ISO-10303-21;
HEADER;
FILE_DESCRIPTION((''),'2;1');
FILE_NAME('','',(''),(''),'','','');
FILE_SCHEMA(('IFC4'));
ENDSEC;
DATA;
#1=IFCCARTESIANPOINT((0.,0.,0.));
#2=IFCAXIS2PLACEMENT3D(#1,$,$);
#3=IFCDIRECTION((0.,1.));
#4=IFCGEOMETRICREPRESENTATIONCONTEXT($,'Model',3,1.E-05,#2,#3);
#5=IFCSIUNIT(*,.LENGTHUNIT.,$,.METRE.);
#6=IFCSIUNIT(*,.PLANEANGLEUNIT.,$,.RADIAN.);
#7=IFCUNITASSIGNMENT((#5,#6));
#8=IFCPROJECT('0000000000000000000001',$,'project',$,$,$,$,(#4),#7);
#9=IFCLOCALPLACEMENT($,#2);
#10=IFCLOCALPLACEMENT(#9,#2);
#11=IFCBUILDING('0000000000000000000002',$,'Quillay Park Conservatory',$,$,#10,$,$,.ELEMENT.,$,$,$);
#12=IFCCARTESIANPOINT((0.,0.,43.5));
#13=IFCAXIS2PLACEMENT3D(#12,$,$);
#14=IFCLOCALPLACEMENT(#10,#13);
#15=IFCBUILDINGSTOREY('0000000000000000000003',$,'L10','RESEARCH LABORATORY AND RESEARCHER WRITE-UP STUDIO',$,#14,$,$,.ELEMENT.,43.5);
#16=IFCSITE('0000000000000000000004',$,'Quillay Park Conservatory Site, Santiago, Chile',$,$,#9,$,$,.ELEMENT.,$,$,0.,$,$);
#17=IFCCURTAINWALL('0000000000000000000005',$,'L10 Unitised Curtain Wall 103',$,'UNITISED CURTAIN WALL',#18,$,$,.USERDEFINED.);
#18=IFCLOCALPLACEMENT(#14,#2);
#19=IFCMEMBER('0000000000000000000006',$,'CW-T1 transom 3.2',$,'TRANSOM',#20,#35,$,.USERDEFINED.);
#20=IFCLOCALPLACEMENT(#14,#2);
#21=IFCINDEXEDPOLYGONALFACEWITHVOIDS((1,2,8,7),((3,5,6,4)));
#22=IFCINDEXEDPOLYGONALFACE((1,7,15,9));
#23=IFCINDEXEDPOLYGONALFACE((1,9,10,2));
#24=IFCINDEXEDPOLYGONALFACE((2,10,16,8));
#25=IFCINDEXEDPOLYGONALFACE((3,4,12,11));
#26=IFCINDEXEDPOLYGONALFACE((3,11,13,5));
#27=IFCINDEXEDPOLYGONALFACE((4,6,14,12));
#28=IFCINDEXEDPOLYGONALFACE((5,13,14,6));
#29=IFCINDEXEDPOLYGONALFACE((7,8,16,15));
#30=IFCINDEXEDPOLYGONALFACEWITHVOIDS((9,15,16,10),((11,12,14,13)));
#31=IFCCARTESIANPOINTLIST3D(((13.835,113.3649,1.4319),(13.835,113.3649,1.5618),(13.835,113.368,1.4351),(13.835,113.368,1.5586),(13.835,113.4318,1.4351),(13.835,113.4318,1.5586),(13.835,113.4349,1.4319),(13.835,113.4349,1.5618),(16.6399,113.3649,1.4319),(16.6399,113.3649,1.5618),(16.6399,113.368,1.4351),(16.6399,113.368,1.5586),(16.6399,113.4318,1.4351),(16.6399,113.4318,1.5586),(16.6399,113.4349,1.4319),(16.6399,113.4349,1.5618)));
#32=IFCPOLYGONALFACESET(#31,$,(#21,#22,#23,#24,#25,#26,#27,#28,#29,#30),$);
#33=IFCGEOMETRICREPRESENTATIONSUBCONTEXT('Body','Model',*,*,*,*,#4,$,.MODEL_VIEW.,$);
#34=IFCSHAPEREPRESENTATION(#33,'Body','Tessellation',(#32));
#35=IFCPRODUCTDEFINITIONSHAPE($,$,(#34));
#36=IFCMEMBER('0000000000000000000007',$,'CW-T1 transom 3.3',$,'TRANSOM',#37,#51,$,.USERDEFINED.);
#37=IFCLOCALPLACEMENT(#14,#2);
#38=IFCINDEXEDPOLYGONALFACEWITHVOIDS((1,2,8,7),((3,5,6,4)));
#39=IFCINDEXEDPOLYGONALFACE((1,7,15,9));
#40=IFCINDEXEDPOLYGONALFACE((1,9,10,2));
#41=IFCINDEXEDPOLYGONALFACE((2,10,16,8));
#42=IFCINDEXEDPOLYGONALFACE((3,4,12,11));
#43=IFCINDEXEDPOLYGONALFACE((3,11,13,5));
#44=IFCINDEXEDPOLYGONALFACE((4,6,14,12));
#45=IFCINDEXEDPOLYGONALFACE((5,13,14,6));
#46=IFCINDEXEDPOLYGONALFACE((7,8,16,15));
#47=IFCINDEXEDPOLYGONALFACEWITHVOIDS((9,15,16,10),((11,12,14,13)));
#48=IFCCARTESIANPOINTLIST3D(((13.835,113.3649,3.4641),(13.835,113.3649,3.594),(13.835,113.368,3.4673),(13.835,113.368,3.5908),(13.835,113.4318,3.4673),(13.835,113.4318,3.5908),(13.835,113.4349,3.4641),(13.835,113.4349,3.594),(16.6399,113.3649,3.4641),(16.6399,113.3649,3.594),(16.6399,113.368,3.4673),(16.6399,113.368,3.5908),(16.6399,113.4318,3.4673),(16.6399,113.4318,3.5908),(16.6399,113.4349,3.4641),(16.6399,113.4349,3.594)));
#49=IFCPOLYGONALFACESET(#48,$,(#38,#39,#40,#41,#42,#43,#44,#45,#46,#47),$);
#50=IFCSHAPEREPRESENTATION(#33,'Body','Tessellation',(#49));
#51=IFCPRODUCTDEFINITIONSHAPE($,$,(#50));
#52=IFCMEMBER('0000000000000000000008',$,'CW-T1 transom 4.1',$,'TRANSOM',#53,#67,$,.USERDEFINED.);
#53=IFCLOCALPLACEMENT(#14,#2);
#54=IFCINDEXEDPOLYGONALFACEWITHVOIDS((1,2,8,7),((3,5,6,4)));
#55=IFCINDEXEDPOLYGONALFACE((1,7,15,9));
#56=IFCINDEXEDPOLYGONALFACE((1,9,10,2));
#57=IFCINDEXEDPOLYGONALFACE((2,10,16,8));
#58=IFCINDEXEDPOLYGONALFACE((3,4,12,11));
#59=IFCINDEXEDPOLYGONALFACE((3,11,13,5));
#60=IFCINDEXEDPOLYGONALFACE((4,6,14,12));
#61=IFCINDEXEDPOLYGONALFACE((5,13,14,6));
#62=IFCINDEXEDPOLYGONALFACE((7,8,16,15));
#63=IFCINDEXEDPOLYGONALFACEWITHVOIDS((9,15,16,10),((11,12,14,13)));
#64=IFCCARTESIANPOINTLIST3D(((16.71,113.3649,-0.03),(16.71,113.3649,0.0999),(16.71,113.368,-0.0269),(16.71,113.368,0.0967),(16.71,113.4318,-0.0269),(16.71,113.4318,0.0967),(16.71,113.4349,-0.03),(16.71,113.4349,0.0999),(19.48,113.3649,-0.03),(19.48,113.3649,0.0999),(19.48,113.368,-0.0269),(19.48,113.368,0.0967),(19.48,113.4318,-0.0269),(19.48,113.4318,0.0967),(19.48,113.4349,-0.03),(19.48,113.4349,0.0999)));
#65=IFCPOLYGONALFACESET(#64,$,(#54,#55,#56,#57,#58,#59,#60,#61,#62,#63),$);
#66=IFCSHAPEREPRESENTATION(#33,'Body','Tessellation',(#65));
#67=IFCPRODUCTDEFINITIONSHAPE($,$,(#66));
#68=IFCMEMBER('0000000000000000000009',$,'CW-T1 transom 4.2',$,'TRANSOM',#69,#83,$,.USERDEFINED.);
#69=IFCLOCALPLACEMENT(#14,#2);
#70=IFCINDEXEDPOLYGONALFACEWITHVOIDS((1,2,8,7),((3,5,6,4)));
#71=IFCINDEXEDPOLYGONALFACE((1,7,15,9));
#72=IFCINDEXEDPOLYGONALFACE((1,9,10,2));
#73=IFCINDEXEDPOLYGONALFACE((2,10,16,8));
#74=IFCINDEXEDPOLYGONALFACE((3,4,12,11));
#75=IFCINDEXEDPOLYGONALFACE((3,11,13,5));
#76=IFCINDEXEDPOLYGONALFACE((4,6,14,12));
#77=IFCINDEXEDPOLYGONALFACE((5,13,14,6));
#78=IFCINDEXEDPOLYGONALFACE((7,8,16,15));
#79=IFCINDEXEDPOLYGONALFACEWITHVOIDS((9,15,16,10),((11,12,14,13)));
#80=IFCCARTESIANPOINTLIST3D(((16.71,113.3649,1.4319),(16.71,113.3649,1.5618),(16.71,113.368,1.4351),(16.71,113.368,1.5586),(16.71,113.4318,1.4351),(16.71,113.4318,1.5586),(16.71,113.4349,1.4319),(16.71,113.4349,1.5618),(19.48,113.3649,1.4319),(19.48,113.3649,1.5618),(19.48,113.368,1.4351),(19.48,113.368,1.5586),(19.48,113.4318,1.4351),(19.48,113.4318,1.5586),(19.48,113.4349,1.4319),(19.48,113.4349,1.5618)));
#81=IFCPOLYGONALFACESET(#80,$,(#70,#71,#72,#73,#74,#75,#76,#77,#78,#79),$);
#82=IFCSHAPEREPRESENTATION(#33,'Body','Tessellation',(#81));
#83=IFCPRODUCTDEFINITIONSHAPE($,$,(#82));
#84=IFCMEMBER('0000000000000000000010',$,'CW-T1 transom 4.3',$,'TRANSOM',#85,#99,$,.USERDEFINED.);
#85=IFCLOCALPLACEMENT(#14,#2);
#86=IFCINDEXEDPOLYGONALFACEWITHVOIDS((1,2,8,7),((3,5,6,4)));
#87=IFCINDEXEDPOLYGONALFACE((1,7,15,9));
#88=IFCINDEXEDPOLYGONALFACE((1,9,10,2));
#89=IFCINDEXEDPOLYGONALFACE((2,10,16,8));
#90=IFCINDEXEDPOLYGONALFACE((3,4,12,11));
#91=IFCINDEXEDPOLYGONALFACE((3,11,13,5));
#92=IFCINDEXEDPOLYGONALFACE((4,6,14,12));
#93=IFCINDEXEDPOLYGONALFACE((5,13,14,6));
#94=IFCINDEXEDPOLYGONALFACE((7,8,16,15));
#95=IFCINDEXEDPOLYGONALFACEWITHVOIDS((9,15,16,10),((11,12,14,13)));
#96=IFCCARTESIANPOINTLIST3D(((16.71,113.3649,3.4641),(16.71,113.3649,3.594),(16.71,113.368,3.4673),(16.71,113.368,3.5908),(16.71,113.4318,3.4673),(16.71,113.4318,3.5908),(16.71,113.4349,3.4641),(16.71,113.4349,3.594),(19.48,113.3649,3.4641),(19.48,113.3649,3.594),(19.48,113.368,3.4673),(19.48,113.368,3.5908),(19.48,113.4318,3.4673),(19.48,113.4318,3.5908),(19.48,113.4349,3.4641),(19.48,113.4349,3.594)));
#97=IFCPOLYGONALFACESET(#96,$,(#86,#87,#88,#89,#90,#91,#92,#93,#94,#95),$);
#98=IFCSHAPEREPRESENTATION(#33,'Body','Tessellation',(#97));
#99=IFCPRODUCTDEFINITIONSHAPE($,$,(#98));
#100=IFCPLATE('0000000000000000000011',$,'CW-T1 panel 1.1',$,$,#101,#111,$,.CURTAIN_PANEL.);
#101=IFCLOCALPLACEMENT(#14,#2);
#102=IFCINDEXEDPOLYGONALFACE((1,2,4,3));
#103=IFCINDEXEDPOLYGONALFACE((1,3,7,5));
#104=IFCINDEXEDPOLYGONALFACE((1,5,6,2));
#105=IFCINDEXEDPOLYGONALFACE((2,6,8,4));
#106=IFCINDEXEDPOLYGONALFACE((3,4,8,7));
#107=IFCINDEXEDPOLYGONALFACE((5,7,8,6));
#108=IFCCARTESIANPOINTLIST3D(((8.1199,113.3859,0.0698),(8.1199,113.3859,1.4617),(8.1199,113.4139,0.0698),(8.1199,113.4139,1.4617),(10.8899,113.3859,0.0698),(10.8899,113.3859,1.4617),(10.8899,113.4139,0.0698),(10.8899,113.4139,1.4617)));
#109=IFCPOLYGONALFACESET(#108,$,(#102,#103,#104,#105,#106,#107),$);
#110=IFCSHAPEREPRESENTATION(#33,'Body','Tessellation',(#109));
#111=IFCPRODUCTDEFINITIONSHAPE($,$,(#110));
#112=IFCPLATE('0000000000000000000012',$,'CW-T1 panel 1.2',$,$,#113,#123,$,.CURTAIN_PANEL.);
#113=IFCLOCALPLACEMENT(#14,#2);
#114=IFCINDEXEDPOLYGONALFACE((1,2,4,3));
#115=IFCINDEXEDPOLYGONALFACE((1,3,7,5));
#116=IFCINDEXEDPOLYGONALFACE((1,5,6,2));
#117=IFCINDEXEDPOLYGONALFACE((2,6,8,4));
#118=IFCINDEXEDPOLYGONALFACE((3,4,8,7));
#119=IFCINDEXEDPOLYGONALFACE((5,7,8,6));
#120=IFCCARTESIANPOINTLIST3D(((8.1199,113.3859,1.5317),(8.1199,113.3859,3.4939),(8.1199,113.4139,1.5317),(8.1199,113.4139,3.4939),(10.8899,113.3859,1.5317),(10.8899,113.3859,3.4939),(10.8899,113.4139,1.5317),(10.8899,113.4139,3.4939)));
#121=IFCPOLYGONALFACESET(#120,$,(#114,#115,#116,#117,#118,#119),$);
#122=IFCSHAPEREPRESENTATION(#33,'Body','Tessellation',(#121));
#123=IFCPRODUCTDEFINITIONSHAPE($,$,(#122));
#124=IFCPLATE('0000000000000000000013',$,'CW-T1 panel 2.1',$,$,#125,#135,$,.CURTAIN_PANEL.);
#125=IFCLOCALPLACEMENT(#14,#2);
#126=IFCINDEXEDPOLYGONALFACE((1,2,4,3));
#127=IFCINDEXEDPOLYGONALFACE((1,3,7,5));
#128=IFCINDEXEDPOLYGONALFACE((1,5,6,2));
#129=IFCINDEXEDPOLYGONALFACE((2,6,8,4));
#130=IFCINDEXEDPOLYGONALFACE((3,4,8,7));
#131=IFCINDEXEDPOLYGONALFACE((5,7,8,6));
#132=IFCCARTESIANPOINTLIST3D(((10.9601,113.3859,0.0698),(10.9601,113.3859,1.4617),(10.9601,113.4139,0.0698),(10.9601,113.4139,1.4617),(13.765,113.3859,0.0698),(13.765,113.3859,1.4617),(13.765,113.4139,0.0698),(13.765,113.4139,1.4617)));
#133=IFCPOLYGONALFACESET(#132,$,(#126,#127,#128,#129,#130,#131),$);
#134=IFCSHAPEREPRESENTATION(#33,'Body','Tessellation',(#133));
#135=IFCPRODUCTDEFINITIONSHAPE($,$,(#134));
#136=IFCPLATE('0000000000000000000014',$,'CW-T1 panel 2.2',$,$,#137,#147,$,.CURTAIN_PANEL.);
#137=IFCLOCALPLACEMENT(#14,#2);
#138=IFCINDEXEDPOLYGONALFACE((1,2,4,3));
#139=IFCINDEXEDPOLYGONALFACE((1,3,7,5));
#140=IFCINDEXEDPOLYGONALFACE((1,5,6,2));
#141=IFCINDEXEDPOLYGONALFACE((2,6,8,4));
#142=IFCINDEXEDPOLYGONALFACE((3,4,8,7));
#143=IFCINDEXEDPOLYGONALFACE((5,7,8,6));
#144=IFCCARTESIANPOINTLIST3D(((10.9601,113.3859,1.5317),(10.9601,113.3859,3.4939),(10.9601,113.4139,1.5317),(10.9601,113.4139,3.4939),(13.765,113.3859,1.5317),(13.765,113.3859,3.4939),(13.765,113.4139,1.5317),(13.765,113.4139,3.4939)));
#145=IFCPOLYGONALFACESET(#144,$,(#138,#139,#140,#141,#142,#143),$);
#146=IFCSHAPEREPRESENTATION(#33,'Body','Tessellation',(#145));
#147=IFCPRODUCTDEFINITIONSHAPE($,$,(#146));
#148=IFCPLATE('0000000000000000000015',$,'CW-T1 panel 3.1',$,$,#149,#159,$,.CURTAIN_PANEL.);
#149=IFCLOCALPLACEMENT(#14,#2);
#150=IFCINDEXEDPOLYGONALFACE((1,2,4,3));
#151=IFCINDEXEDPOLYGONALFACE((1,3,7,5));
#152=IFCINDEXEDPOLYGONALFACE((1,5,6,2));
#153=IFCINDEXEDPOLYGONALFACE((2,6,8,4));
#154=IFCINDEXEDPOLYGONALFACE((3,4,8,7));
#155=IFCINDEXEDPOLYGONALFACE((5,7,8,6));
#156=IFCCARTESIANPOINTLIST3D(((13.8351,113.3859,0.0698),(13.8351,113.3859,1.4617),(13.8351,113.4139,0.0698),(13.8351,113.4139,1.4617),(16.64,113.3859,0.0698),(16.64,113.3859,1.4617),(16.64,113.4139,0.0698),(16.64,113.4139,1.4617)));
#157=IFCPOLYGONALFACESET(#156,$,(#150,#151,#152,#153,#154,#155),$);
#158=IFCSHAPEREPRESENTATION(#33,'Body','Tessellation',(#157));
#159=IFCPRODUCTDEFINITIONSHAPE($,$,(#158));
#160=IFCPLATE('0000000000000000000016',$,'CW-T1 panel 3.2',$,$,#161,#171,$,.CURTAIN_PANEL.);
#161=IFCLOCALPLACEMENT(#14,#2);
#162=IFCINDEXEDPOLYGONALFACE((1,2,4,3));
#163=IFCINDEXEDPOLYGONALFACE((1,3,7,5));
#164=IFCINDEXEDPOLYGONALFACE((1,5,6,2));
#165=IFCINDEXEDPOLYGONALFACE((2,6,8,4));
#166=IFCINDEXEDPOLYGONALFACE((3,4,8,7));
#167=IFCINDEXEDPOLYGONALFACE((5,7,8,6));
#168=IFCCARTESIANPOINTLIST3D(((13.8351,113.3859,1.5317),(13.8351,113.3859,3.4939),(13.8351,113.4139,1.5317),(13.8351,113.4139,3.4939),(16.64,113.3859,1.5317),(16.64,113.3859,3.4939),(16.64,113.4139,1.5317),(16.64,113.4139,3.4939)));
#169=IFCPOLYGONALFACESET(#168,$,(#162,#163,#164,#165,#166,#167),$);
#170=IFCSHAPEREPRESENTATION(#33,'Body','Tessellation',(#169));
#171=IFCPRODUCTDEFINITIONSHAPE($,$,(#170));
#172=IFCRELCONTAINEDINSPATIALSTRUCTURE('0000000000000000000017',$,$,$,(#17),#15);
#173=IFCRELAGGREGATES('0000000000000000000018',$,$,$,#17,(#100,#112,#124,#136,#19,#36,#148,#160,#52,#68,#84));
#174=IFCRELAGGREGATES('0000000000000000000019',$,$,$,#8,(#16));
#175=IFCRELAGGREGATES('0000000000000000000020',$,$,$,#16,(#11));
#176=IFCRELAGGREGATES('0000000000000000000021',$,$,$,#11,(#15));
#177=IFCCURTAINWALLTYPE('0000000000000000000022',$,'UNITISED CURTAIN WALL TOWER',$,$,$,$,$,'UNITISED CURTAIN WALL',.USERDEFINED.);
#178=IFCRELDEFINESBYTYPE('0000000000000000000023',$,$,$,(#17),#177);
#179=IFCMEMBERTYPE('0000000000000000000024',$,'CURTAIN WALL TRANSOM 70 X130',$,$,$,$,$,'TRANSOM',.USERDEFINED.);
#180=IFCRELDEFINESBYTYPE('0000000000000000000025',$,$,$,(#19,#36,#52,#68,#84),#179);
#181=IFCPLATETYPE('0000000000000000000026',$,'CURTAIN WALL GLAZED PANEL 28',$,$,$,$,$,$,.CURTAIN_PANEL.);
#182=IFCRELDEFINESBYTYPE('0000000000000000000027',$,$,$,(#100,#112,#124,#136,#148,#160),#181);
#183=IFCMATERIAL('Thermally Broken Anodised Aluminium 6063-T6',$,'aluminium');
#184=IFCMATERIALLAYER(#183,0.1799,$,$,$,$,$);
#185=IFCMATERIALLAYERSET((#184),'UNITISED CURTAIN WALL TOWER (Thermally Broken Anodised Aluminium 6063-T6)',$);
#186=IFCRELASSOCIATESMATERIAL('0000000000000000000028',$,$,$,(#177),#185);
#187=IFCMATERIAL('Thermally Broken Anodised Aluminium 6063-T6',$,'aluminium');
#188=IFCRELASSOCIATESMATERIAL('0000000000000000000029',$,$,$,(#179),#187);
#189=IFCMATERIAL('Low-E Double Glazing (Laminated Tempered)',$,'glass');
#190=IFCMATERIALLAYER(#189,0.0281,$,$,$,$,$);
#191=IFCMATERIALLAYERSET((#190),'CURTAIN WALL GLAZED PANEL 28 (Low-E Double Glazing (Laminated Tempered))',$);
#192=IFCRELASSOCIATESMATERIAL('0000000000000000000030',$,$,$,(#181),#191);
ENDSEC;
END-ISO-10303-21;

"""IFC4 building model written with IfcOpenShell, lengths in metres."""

from ifc_helpers import new_model, si_unit, direction, frame, origin, origin_2d, place, context, subcontext, project, spatial, rectangle, hollow_rectangle, extrude, material, layer, layer_set, material_profile, profile_set, type_object, element, aggregate, save


model = new_model("IFC4")

# Units and contexts
model_context = context("Model", 3, precision=1e-05, world=origin(), true_north=direction((0.0, 1.0)))
body_context = subcontext(model_context, "Body", "Model", "MODEL_VIEW")
ifc_project = project(units=[si_unit("LENGTHUNIT", "METRE"), si_unit("PLANEANGLEUNIT", "RADIAN")], contexts=[model_context])

# Site, building, storey
site_placement = place(None, origin())
site = spatial("IfcSite", under=ifc_project, at=site_placement, Name="Quillay Park Conservatory Site, Santiago, Chile", CompositionType="ELEMENT", RefElevation=0.0)
building_placement = place(site_placement, origin())
building = spatial("IfcBuilding", under=site, at=building_placement, Name="Quillay Park Conservatory", CompositionType="ELEMENT")
storey_placement = place(building_placement, frame((0.0, 0.0, 43.5)))
storey = spatial("IfcBuildingStorey", under=building, at=storey_placement, Name="L10", Description="RESEARCH LABORATORY AND RESEARCHER WRITE-UP STUDIO", CompositionType="ELEMENT", Elevation=43.5)

# Curtain wall, members, plates
ifc_material_1 = material(Name="Thermally Broken Anodised Aluminium 6063-T6", Category="aluminium")
ifc_layer_1 = layer(ifc_material_1, 0.1799)
ifc_layer_set_1 = layer_set([ifc_layer_1], Name="UNITISED CURTAIN WALL TOWER (Thermally Broken Anodised Aluminium 6063-T6)")
curtain_wall_type = type_object("IfcCurtainWallType", Name="UNITISED CURTAIN WALL TOWER", ElementType="UNITISED CURTAIN WALL", PredefinedType="USERDEFINED", material=ifc_layer_set_1)
curtain_wall_placement = place(storey_placement, origin())
curtain_wall = element("IfcCurtainWall", 1, at=curtain_wall_placement, inside=storey, type_object=curtain_wall_type, Name="L10 Unitised Curtain Wall 103", ObjectType="UNITISED CURTAIN WALL", PredefinedType="USERDEFINED")
ifc_material_2 = material(Name="Thermally Broken Anodised Aluminium 6063-T6", Category="aluminium")
ifc_material_profile_1 = material_profile(ifc_material_2, hollow_rectangle(XDim=0.0701, YDim=0.1299, WallThickness=0.0032, at=origin_2d()), Name="AL70x130x3.2")
ifc_profile_set_1 = profile_set([ifc_material_profile_1], Name="Thermally Broken Anodised Aluminium 6063-T6")
member_type_1 = type_object("IfcMemberType", Name="CURTAIN WALL TRANSOM 70 X130", ElementType="TRANSOM", PredefinedType="USERDEFINED", material=ifc_profile_set_1)
member_1_placement = place(storey_placement, frame((13.835, 113.3999, 1.4968), z_axis=(1.0, 0.0, 0.0), x_axis=(0.0, 1.0, 0.0)))
member_1 = element("IfcMember", 2, at=member_1_placement, type_object=member_type_1, Name="CW-T1 transom 3.2", ObjectType="TRANSOM", PredefinedType="USERDEFINED", context=body_context, shape_type="SweptSolid", body=[
    extrude(hollow_rectangle(XDim=0.0701, YDim=0.1299, WallThickness=0.0032, at=origin_2d()), origin(), (0.0, 0.0, 1.0), 2.8049),
])
member_2_placement = place(storey_placement, frame((13.835, 113.3999, 3.5291), z_axis=(1.0, 0.0, 0.0), x_axis=(0.0, 1.0, 0.0)))
member_2 = element("IfcMember", 3, at=member_2_placement, type_object=member_type_1, Name="CW-T1 transom 3.3", ObjectType="TRANSOM", PredefinedType="USERDEFINED", context=body_context, shape_type="SweptSolid", body=[
    extrude(hollow_rectangle(XDim=0.0701, YDim=0.1299, WallThickness=0.0032, at=origin_2d()), origin(), (0.0, 0.0, 1.0), 2.8049),
])
member_3_placement = place(storey_placement, frame((16.71, 113.3999, 0.0349), z_axis=(1.0, 0.0, 0.0), x_axis=(0.0, 1.0, 0.0)))
member_3 = element("IfcMember", 4, at=member_3_placement, type_object=member_type_1, Name="CW-T1 transom 4.1", ObjectType="TRANSOM", PredefinedType="USERDEFINED", context=body_context, shape_type="SweptSolid", body=[
    extrude(hollow_rectangle(XDim=0.0701, YDim=0.1299, WallThickness=0.0032, at=origin_2d()), origin(), (0.0, 0.0, 1.0), 2.77),
])
member_4_placement = place(storey_placement, frame((16.71, 113.3999, 1.4968), z_axis=(1.0, 0.0, 0.0), x_axis=(0.0, 1.0, 0.0)))
member_4 = element("IfcMember", 5, at=member_4_placement, type_object=member_type_1, Name="CW-T1 transom 4.2", ObjectType="TRANSOM", PredefinedType="USERDEFINED", context=body_context, shape_type="SweptSolid", body=[
    extrude(hollow_rectangle(XDim=0.0701, YDim=0.1299, WallThickness=0.0032, at=origin_2d()), origin(), (0.0, 0.0, 1.0), 2.77),
])
member_5_placement = place(storey_placement, frame((16.71, 113.3999, 3.5291), z_axis=(1.0, 0.0, 0.0), x_axis=(0.0, 1.0, 0.0)))
member_5 = element("IfcMember", 6, at=member_5_placement, type_object=member_type_1, Name="CW-T1 transom 4.3", ObjectType="TRANSOM", PredefinedType="USERDEFINED", context=body_context, shape_type="SweptSolid", body=[
    extrude(hollow_rectangle(XDim=0.0701, YDim=0.1299, WallThickness=0.0032, at=origin_2d()), origin(), (0.0, 0.0, 1.0), 2.77),
])
ifc_material_3 = material(Name="Low-E Double Glazing (Laminated Tempered)", Category="glass")
ifc_layer_2 = layer(ifc_material_3, 0.0281)
ifc_layer_set_2 = layer_set([ifc_layer_2], Name="CURTAIN WALL GLAZED PANEL 28 (Low-E Double Glazing (Laminated Tempered))")
plate_type = type_object("IfcPlateType", Name="CURTAIN WALL GLAZED PANEL 28", PredefinedType="CURTAIN_PANEL", material=ifc_layer_set_2)
plate_1_placement = place(storey_placement, frame((9.5049, 113.3999, 0.0698), z_axis=(0.0, 0.0, 1.0), x_axis=(1.0, 0.0, 0.0)))
plate_1 = element("IfcPlate", 7, at=plate_1_placement, type_object=plate_type, Name="CW-T1 panel 1.1", PredefinedType="CURTAIN_PANEL", context=body_context, shape_type="SweptSolid", body=[
    extrude(rectangle(XDim=2.77, YDim=0.0281, at=origin_2d()), origin(), (0.0, 0.0, 1.0), 1.3918),
])
plate_2_placement = place(storey_placement, frame((9.5049, 113.3999, 1.5317), z_axis=(0.0, 0.0, 1.0), x_axis=(1.0, 0.0, 0.0)))
plate_2 = element("IfcPlate", 8, at=plate_2_placement, type_object=plate_type, Name="CW-T1 panel 1.2", PredefinedType="CURTAIN_PANEL", context=body_context, shape_type="SweptSolid", body=[
    extrude(rectangle(XDim=2.77, YDim=0.0281, at=origin_2d()), origin(), (0.0, 0.0, 1.0), 1.9622),
])
plate_3_placement = place(storey_placement, frame((12.3625, 113.3999, 0.0698), z_axis=(0.0, 0.0, 1.0), x_axis=(1.0, 0.0, 0.0)))
plate_3 = element("IfcPlate", 9, at=plate_3_placement, type_object=plate_type, Name="CW-T1 panel 2.1", PredefinedType="CURTAIN_PANEL", context=body_context, shape_type="SweptSolid", body=[
    extrude(rectangle(XDim=2.8049, YDim=0.0281, at=origin_2d()), origin(), (0.0, 0.0, 1.0), 1.3918),
])
plate_4_placement = place(storey_placement, frame((12.3625, 113.3999, 1.5317), z_axis=(0.0, 0.0, 1.0), x_axis=(1.0, 0.0, 0.0)))
plate_4 = element("IfcPlate", 10, at=plate_4_placement, type_object=plate_type, Name="CW-T1 panel 2.2", PredefinedType="CURTAIN_PANEL", context=body_context, shape_type="SweptSolid", body=[
    extrude(rectangle(XDim=2.8049, YDim=0.0281, at=origin_2d()), origin(), (0.0, 0.0, 1.0), 1.9622),
])
plate_5_placement = place(storey_placement, frame((15.2375, 113.3999, 0.0698), z_axis=(0.0, 0.0, 1.0), x_axis=(1.0, 0.0, 0.0)))
plate_5 = element("IfcPlate", 11, at=plate_5_placement, type_object=plate_type, Name="CW-T1 panel 3.1", PredefinedType="CURTAIN_PANEL", context=body_context, shape_type="SweptSolid", body=[
    extrude(rectangle(XDim=2.8049, YDim=0.0281, at=origin_2d()), origin(), (0.0, 0.0, 1.0), 1.3918),
])
plate_6_placement = place(storey_placement, frame((15.2375, 113.3999, 1.5317), z_axis=(0.0, 0.0, 1.0), x_axis=(1.0, 0.0, 0.0)))
plate_6 = element("IfcPlate", 12, at=plate_6_placement, type_object=plate_type, Name="CW-T1 panel 3.2", PredefinedType="CURTAIN_PANEL", context=body_context, shape_type="SweptSolid", body=[
    extrude(rectangle(XDim=2.8049, YDim=0.0281, at=origin_2d()), origin(), (0.0, 0.0, 1.0), 1.9622),
])
aggregate(curtain_wall, [plate_1, plate_2, plate_3, plate_4, member_1, member_2, plate_5, plate_6, member_3, member_4, member_5])

save(model, "model.ifc")
